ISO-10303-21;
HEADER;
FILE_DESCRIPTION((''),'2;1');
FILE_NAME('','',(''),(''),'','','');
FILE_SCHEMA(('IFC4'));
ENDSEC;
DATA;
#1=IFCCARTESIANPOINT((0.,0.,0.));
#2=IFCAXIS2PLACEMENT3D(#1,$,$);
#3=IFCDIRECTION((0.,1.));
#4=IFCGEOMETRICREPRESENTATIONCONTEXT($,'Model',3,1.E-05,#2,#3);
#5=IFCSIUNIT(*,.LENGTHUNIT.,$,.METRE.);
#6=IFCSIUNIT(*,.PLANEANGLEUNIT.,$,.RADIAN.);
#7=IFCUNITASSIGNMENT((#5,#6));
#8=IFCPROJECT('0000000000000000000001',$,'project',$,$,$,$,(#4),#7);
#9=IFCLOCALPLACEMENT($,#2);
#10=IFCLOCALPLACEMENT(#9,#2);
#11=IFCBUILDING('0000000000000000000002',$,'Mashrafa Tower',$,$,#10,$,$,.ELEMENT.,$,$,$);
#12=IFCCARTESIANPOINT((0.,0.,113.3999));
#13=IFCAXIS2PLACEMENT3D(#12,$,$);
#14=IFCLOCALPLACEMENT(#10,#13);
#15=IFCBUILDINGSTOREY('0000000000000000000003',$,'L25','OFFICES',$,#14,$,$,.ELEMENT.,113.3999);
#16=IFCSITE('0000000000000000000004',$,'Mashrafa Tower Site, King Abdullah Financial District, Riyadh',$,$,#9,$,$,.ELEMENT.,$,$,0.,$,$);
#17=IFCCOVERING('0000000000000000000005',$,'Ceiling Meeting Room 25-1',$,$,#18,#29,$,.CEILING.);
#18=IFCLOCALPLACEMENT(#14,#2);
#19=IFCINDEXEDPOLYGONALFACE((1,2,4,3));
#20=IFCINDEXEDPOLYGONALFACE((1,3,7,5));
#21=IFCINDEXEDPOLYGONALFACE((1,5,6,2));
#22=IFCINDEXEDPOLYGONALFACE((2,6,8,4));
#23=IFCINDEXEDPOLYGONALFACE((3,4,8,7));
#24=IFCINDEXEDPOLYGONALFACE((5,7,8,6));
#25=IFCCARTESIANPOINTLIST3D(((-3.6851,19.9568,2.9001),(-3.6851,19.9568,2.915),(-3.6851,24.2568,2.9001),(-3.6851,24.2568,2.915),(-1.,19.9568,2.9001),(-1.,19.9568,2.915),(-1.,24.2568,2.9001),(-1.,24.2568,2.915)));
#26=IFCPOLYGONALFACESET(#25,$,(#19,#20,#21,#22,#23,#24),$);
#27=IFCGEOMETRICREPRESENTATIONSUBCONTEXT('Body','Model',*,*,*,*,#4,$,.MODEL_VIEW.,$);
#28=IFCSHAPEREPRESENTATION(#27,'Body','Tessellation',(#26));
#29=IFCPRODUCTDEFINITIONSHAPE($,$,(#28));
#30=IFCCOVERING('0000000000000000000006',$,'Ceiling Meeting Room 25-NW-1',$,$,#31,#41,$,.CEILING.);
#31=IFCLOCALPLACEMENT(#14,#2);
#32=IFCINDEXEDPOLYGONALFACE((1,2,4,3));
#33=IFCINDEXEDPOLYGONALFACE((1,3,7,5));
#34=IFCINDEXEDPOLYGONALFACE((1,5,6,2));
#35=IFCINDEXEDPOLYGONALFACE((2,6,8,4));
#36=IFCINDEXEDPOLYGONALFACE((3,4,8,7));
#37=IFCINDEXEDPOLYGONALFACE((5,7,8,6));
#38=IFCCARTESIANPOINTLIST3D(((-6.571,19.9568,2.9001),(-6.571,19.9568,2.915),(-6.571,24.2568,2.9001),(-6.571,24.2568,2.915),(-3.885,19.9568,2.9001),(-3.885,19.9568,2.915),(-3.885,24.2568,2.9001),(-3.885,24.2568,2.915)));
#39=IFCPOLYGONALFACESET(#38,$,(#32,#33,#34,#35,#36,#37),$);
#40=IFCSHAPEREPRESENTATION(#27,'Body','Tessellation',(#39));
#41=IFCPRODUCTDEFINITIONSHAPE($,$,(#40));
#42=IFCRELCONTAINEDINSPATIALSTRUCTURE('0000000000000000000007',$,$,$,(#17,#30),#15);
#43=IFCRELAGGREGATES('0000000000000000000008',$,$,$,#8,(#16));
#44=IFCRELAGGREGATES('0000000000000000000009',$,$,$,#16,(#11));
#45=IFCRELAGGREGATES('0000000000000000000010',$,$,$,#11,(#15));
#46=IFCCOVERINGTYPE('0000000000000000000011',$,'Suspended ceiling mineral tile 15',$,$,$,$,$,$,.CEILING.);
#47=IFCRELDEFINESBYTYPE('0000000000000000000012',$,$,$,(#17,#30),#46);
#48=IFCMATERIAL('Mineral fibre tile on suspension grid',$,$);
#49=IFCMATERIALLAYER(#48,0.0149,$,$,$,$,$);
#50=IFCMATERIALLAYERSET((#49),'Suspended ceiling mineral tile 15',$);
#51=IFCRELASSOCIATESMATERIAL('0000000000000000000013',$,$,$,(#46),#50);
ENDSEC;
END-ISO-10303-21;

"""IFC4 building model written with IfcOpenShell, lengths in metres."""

from ifc_helpers import new_model, si_unit, direction, frame, origin, place, context, subcontext, project, spatial, polyline, outline, extrude, material, layer, layer_set, type_object, element, save


model = new_model("IFC4")

# Units and contexts
model_context = context("Model", 3, precision=1e-05, world=origin(), true_north=direction((0.0, 1.0)))
body_context = subcontext(model_context, "Body", "Model", "MODEL_VIEW")
ifc_project = project(units=[si_unit("LENGTHUNIT", "METRE"), si_unit("PLANEANGLEUNIT", "RADIAN")], contexts=[model_context])

# Site, building, storey
site_placement = place(None, origin())
site = spatial("IfcSite", under=ifc_project, at=site_placement, Name="Mashrafa Tower Site, King Abdullah Financial District, Riyadh", CompositionType="ELEMENT", RefElevation=0.0)
building_placement = place(site_placement, origin())
building = spatial("IfcBuilding", under=site, at=building_placement, Name="Mashrafa Tower", CompositionType="ELEMENT")
storey_placement = place(building_placement, frame((0.0, 0.0, 113.3999)))
storey = spatial("IfcBuildingStorey", under=building, at=storey_placement, Name="L25", Description="OFFICES", CompositionType="ELEMENT", Elevation=113.3999)

# Coverings
ifc_material_1 = material(Name="Mineral fibre tile on suspension grid")
ifc_layer_1 = layer(ifc_material_1, 0.0149)
ifc_layer_set_1 = layer_set([ifc_layer_1], Name="Suspended ceiling mineral tile 15")
covering_type = type_object("IfcCoveringType", Name="Suspended ceiling mineral tile 15", PredefinedType="CEILING", material=ifc_layer_set_1)
covering_1_placement = place(storey_placement, frame((0.0, 0.0, 2.9001)))
element("IfcCovering", 1, at=covering_1_placement, inside=storey, type_object=covering_type, Name="Ceiling Meeting Room 25-1", PredefinedType="CEILING", context=body_context, shape_type="SweptSolid", body=[
    extrude(outline(polyline([(-3.6851, 24.2568), (-1.0, 24.2568), (-1.0, 19.9568), (-3.6851, 19.9568), (-3.6851, 24.2568)])), origin(), (0.0, 0.0, 1.0), 0.0149),
])
covering_2_placement = place(storey_placement, frame((0.0, 0.0, 2.9001)))
element("IfcCovering", 2, at=covering_2_placement, inside=storey, type_object=covering_type, Name="Ceiling Meeting Room 25-NW-1", PredefinedType="CEILING", context=body_context, shape_type="SweptSolid", body=[
    extrude(outline(polyline([(-6.571, 24.2568), (-3.885, 24.2568), (-3.885, 19.9568), (-6.571, 19.9568), (-6.571, 24.2568)])), origin(), (0.0, 0.0, 1.0), 0.0149),
])

save(model, "model.ifc")
